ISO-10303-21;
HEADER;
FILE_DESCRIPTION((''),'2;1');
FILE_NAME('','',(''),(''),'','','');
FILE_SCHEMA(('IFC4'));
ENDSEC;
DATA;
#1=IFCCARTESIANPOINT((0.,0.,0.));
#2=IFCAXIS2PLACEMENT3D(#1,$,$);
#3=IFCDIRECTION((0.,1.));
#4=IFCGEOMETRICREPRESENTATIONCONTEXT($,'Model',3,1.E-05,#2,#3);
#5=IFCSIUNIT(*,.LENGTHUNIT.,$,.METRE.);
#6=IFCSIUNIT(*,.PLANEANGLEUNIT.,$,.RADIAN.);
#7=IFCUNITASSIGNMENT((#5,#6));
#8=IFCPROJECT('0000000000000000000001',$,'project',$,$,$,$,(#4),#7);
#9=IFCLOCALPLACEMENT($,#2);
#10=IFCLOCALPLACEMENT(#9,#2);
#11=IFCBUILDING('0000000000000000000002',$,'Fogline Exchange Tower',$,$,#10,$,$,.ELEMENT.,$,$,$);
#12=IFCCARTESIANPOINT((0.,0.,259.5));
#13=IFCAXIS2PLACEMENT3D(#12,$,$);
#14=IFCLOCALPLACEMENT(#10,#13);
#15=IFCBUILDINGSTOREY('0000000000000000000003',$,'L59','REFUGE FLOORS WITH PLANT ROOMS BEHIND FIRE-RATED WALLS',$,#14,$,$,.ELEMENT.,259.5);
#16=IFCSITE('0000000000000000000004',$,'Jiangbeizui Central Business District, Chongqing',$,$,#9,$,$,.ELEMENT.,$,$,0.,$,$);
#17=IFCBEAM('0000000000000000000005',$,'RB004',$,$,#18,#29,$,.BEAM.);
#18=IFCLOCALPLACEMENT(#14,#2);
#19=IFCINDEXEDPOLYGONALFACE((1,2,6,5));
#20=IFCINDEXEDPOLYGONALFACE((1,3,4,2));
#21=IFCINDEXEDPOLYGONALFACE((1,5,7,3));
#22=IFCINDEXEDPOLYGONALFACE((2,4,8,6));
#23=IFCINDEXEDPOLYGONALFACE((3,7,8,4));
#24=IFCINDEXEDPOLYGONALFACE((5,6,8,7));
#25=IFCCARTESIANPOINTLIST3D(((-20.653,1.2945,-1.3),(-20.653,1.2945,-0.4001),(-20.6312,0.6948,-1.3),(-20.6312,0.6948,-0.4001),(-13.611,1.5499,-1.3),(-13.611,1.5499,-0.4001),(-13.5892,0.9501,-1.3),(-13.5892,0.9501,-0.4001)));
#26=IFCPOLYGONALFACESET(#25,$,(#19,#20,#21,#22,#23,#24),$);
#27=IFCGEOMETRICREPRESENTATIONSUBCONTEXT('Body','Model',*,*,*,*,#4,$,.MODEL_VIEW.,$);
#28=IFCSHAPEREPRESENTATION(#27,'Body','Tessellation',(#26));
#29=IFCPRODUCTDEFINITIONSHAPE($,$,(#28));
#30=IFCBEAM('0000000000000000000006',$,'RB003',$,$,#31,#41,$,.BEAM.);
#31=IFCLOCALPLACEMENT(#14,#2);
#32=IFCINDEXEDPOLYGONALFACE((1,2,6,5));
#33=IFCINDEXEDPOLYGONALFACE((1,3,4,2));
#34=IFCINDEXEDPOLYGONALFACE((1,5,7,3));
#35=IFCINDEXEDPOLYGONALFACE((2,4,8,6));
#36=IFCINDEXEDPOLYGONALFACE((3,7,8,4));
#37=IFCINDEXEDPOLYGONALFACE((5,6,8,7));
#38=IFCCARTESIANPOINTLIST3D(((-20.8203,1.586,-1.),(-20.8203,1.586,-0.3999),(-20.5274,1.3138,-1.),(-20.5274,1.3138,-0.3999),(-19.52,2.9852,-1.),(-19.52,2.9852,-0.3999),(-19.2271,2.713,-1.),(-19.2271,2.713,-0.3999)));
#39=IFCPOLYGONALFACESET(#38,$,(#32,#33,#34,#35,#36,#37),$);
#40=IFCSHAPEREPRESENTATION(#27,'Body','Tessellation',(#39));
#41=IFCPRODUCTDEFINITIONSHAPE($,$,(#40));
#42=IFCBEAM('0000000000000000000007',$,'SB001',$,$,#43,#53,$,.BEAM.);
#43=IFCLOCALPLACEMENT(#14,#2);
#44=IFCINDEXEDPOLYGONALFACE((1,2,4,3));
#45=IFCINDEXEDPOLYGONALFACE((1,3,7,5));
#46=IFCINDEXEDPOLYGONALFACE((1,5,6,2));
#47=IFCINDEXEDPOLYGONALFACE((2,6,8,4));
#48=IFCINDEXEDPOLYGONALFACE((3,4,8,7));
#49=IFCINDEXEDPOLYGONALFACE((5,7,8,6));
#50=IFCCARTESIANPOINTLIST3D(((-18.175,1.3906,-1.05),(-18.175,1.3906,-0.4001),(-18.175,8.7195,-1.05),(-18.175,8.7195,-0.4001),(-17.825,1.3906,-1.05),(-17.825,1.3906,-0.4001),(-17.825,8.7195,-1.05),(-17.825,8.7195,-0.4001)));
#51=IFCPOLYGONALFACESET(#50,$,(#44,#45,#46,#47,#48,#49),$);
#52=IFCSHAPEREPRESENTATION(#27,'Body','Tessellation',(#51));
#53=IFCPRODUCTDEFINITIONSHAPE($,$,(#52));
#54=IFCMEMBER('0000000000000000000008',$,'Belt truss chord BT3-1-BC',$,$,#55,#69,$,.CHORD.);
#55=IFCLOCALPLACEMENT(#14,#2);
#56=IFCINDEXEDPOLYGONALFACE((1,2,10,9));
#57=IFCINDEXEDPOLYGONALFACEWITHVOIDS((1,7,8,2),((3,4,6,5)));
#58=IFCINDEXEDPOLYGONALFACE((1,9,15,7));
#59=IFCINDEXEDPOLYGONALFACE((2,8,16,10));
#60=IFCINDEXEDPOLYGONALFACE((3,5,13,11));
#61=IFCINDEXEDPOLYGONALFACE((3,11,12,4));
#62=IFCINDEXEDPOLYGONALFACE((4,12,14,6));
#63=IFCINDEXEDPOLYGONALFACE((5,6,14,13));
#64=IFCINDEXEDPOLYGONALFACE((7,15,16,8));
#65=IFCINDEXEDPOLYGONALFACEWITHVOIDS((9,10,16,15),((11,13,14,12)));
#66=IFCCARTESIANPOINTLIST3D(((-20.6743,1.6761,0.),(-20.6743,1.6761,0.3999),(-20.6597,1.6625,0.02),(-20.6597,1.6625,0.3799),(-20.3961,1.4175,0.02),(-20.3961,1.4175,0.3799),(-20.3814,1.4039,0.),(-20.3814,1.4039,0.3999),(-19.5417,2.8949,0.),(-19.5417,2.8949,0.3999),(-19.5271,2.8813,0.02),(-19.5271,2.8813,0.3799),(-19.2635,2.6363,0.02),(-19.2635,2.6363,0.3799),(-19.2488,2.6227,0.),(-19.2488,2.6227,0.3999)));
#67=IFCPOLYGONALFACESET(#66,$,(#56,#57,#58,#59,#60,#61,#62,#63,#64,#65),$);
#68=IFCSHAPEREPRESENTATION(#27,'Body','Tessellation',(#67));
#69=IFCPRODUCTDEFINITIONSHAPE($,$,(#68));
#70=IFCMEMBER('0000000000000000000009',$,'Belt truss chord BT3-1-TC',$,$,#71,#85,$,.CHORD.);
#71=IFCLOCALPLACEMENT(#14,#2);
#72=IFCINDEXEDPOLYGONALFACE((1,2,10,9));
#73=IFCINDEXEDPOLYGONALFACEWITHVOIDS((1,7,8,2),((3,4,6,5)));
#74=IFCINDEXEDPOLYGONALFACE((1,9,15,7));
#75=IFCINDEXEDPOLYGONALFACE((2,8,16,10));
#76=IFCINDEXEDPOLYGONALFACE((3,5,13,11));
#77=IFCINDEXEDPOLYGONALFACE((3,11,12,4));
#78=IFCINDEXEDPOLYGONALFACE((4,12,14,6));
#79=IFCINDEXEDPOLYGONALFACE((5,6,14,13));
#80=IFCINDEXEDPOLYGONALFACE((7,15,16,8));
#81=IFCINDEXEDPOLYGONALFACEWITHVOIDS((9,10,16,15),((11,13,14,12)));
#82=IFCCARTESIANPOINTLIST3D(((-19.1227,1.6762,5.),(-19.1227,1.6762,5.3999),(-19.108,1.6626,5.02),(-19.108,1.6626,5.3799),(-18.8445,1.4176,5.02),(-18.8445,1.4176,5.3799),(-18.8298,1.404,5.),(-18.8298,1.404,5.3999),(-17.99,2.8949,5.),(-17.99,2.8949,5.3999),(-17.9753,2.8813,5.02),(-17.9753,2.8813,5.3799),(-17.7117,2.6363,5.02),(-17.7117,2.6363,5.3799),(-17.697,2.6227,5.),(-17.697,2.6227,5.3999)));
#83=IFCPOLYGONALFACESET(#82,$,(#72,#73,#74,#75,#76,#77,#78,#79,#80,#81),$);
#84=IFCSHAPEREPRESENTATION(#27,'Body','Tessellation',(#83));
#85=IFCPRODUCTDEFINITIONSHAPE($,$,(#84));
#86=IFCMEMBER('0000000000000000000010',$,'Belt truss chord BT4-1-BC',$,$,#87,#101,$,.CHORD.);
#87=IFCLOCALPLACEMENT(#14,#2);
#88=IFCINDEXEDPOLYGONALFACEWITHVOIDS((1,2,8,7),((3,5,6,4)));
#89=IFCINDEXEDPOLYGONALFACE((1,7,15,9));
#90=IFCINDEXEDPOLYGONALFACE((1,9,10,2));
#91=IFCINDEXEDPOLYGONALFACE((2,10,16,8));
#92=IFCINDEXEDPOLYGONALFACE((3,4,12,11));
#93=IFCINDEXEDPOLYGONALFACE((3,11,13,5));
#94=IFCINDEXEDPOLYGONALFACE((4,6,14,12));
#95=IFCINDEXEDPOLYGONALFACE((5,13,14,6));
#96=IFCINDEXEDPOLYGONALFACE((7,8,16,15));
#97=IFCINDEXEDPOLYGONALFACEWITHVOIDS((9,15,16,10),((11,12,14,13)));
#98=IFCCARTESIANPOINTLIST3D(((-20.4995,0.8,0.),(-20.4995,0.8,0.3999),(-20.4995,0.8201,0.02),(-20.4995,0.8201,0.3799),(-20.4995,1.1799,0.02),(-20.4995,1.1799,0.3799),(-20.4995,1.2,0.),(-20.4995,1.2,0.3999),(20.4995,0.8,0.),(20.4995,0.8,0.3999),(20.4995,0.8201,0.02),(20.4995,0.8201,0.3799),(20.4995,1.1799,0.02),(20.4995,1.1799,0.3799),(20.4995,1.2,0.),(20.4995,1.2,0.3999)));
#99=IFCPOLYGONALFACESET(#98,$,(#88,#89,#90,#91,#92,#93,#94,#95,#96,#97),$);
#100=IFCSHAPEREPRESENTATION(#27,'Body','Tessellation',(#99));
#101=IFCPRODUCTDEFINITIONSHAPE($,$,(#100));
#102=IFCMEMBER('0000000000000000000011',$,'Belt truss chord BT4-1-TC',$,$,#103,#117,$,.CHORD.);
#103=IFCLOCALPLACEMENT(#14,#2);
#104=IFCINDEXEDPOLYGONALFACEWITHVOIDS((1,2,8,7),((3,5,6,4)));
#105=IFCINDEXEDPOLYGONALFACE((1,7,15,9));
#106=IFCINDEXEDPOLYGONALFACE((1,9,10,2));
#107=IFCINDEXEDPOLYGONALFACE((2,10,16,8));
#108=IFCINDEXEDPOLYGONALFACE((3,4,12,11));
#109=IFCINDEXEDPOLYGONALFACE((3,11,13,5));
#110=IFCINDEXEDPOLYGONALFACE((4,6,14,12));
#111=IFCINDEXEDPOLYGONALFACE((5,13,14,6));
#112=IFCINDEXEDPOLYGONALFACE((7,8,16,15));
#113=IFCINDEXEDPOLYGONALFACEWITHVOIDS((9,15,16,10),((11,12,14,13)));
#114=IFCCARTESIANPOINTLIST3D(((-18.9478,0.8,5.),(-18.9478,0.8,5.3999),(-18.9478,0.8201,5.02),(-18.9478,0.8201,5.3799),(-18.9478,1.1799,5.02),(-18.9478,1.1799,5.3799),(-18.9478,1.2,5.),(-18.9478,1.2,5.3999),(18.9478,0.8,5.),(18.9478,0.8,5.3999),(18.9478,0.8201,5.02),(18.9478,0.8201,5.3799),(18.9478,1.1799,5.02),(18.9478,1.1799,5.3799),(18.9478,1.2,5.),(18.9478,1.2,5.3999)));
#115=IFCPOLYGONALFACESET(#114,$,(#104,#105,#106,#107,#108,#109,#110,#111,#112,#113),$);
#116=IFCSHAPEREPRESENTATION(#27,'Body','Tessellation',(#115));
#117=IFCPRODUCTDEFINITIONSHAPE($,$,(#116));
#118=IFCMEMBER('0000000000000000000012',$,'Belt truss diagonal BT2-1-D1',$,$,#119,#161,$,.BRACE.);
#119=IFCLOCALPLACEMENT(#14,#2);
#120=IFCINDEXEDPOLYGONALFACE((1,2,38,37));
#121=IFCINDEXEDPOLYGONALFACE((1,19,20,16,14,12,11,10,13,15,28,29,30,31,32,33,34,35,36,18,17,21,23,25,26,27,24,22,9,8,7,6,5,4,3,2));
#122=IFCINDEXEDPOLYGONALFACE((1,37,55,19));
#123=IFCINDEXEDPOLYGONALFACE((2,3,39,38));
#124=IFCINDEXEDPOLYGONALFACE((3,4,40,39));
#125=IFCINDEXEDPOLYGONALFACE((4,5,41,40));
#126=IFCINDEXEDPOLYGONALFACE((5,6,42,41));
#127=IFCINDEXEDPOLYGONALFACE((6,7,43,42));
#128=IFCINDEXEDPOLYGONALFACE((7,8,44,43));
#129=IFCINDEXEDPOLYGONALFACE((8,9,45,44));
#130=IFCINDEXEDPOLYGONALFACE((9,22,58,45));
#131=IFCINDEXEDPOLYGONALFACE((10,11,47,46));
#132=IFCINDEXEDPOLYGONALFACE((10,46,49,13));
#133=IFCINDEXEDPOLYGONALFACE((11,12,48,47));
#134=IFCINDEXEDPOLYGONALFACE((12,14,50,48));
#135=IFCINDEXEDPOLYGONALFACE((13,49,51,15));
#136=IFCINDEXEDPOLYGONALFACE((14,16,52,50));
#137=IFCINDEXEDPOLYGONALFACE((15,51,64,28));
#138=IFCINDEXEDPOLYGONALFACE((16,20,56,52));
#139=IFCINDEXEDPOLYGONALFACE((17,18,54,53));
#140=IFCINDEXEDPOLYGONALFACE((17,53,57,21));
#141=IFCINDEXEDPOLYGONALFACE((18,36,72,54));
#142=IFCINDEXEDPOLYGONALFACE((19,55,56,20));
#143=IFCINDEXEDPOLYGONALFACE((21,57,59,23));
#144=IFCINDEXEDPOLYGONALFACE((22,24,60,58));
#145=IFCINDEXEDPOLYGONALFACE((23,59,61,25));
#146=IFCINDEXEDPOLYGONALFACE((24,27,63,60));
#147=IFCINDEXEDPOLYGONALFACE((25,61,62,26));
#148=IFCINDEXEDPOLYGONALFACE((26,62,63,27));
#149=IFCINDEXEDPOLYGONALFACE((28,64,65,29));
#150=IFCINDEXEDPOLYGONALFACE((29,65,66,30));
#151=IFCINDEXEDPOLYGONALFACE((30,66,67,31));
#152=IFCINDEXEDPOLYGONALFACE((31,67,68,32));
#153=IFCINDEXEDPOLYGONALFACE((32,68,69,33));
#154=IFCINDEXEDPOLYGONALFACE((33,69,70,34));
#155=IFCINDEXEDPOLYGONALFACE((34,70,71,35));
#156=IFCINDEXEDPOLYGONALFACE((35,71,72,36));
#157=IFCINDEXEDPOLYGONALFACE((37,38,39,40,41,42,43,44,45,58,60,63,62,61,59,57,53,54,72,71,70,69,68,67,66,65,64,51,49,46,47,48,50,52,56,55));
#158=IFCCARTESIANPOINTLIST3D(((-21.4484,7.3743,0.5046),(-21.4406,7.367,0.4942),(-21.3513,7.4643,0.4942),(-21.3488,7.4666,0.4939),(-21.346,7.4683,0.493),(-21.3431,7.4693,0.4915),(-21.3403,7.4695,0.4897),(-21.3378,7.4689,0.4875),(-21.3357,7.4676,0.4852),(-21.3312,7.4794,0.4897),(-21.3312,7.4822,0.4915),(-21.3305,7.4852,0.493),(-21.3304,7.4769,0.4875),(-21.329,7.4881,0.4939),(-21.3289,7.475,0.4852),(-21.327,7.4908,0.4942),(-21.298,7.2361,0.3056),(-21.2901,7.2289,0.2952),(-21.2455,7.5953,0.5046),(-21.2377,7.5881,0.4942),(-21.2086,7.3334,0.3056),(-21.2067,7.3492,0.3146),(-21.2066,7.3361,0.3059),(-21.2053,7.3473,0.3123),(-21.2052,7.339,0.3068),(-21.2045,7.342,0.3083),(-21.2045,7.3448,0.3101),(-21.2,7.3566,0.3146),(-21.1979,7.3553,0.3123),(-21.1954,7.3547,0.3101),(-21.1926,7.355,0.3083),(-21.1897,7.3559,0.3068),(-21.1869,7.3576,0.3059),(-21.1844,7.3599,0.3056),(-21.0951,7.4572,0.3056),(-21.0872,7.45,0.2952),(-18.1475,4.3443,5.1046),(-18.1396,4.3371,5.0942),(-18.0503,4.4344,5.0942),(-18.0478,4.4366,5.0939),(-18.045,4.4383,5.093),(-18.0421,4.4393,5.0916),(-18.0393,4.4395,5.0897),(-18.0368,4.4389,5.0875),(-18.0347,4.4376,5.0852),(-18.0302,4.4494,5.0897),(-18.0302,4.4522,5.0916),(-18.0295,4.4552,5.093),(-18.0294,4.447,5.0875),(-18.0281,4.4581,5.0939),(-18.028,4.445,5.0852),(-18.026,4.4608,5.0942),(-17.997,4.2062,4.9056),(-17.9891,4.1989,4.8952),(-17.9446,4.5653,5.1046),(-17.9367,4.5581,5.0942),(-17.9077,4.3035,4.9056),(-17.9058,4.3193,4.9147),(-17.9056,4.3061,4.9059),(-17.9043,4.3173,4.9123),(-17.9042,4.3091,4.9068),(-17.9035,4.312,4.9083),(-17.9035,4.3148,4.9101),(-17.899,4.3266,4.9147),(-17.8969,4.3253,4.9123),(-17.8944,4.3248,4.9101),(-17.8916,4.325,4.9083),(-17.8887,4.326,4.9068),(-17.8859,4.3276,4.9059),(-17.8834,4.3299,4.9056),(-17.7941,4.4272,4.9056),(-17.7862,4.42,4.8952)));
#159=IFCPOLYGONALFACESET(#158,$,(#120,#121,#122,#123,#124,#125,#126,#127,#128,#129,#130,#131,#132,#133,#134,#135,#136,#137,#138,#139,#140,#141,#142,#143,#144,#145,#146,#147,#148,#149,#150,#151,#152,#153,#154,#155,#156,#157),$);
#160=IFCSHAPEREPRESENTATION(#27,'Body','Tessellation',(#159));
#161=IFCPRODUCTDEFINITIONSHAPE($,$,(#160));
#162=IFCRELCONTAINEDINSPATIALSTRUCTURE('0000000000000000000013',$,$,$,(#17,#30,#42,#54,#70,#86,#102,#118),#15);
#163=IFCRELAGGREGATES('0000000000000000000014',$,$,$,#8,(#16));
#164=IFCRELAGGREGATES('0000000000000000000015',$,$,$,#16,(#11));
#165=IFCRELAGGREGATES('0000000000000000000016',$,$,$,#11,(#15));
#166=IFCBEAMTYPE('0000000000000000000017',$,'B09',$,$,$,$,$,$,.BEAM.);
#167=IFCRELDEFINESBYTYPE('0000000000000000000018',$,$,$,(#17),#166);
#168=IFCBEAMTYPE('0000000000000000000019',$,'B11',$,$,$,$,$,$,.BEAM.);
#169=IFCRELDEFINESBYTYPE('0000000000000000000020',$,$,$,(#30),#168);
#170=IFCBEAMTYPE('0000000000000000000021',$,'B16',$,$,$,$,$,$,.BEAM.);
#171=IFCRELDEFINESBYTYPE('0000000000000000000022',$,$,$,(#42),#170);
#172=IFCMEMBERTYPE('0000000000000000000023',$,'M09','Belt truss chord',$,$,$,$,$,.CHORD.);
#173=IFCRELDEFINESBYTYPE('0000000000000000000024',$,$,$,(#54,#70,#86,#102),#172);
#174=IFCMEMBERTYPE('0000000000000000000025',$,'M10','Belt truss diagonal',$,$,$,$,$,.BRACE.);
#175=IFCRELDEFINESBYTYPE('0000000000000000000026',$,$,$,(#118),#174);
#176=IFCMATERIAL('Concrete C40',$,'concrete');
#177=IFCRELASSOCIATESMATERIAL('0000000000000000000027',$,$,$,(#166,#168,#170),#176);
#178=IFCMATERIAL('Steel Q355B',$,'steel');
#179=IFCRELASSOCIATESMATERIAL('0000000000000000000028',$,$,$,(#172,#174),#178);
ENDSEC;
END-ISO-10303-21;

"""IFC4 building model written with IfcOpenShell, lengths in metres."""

from ifc_helpers import new_model, si_unit, direction, frame, origin, origin_2d, place, context, subcontext, project, spatial, rectangle, hollow_rectangle, i_section, extrude, material, material_profile, profile_set, type_object, element, save


model = new_model("IFC4")

# Units and contexts
model_context = context("Model", 3, precision=1e-05, world=origin(), true_north=direction((0.0, 1.0)))
body_context = subcontext(model_context, "Body", "Model", "MODEL_VIEW")
ifc_project = project(units=[si_unit("LENGTHUNIT", "METRE"), si_unit("PLANEANGLEUNIT", "RADIAN")], contexts=[model_context])

# Site, building, storey
site_placement = place(None, origin())
site = spatial("IfcSite", under=ifc_project, at=site_placement, Name="Jiangbeizui Central Business District, Chongqing", CompositionType="ELEMENT", RefElevation=0.0)
building_placement = place(site_placement, origin())
building = spatial("IfcBuilding", under=site, at=building_placement, Name="Fogline Exchange Tower", CompositionType="ELEMENT")
storey_placement = place(building_placement, frame((0.0, 0.0, 259.5)))
storey = spatial("IfcBuildingStorey", under=building, at=storey_placement, Name="L59", Description="REFUGE FLOORS WITH PLANT ROOMS BEHIND FIRE-RATED WALLS", CompositionType="ELEMENT", Elevation=259.5)

# Beams
ifc_material_1 = material(Name="Concrete C40", Category="concrete")
ifc_material_profile_1 = material_profile(ifc_material_1, rectangle(XDim=0.6001, YDim=0.8999, at=origin_2d()), Name="RC 600x900")
ifc_profile_set_1 = profile_set([ifc_material_profile_1], Name="Concrete C40")
beam_type_1 = type_object("IfcBeamType", Name="B09", PredefinedType="BEAM", material=ifc_profile_set_1)
beam_1_placement = place(storey_placement, frame((-20.6421, 0.9946, -0.8501), z_axis=(0.999343, 0.03624, 0.0), x_axis=(-0.03624, 0.999343, 0.0)))
element("IfcBeam", 1, at=beam_1_placement, inside=storey, type_object=beam_type_1, Name="RB004", PredefinedType="BEAM", context=body_context, shape_type="SweptSolid", body=[
    extrude(rectangle(XDim=0.6001, YDim=0.8999, at=origin_2d()), origin(), (0.0, 0.0, 1.0), 7.0466),
])
ifc_material_profile_2 = material_profile(ifc_material_1, rectangle(XDim=0.3999, YDim=0.6001, at=origin_2d()), Name="RC 400x600")
ifc_profile_set_2 = profile_set([ifc_material_profile_2], Name="Concrete C40")
beam_type_2 = type_object("IfcBeamType", Name="B11", PredefinedType="BEAM", material=ifc_profile_set_2)
beam_2_placement = place(storey_placement, frame((-19.3735, 2.8491, -0.7), z_axis=(-0.68075, -0.732516, 0.0), x_axis=(0.732516, -0.68075, 0.0)))
element("IfcBeam", 2, at=beam_2_placement, inside=storey, type_object=beam_type_2, Name="RB003", PredefinedType="BEAM", context=body_context, shape_type="SweptSolid", body=[
    extrude(rectangle(XDim=0.3999, YDim=0.6001, at=origin_2d()), origin(), (0.0, 0.0, 1.0), 1.9102),
])
ifc_material_profile_3 = material_profile(ifc_material_1, rectangle(XDim=0.3501, YDim=0.6499, at=origin_2d()), Name="RC 350x650")
ifc_profile_set_3 = profile_set([ifc_material_profile_3], Name="Concrete C40")
beam_type_3 = type_object("IfcBeamType", Name="B16", PredefinedType="BEAM", material=ifc_profile_set_3)
beam_3_placement = place(storey_placement, frame((-18.0, 1.3906, -0.7251), z_axis=(0.0, 1.0, 0.0), x_axis=(-1.0, 0.0, 0.0)))
element("IfcBeam", 3, at=beam_3_placement, inside=storey, type_object=beam_type_3, Name="SB001", PredefinedType="BEAM", context=body_context, shape_type="SweptSolid", body=[
    extrude(rectangle(XDim=0.3501, YDim=0.6499, at=origin_2d()), origin(), (0.0, 0.0, 1.0), 7.3289),
])

# Members
ifc_material_2 = material(Name="Steel Q355B", Category="steel")
ifc_material_profile_4 = material_profile(ifc_material_2, hollow_rectangle(XDim=0.3999, YDim=0.3999, WallThickness=0.02, at=origin_2d()), Name="BOX400X400X20")
ifc_profile_set_4 = profile_set([ifc_material_profile_4], Name="Steel Q355B")
member_type_1 = type_object("IfcMemberType", Name="M09", Description="Belt truss chord", PredefinedType="CHORD", material=ifc_profile_set_4)
for number, where, z_axis, x_axis, name in (
    (4, (-19.3953, 2.7588, 0.2), (-0.680732, -0.732532, 0.0), (0.732532, -0.680732, 0.0), "Belt truss chord BT3-1-BC"),
    (5, (-17.8435, 2.7588, 5.2), (-0.680811, -0.732459, 0.0), (0.732459, -0.680811, 0.0), "Belt truss chord BT3-1-TC"),
):
    element("IfcMember", number, at=place(storey_placement, frame(where, z_axis=z_axis, x_axis=x_axis)), inside=storey, type_object=member_type_1, Name=name, PredefinedType="CHORD", context=body_context, shape_type="SweptSolid", body=[
        extrude(hollow_rectangle(XDim=0.3999, YDim=0.3999, WallThickness=0.02, at=origin_2d()), origin(), (0.0, 0.0, 1.0), 1.6638),
    ])
member_1_placement = place(storey_placement, frame((-20.4995, 1.0, 0.2), z_axis=(1.0, 0.0, 0.0), x_axis=(0.0, 1.0, 0.0)))
element("IfcMember", 6, at=member_1_placement, inside=storey, type_object=member_type_1, Name="Belt truss chord BT4-1-BC", PredefinedType="CHORD", context=body_context, shape_type="SweptSolid", body=[
    extrude(hollow_rectangle(XDim=0.3999, YDim=0.3999, WallThickness=0.02, at=origin_2d()), origin(), (0.0, 0.0, 1.0), 40.999),
])
member_2_placement = place(storey_placement, frame((-18.9478, 1.0, 5.2), z_axis=(1.0, 0.0, 0.0), x_axis=(0.0, 1.0, 0.0)))
element("IfcMember", 7, at=member_2_placement, inside=storey, type_object=member_type_1, Name="Belt truss chord BT4-1-TC", PredefinedType="CHORD", context=body_context, shape_type="SweptSolid", body=[
    extrude(hollow_rectangle(XDim=0.3999, YDim=0.3999, WallThickness=0.02, at=origin_2d()), origin(), (0.0, 0.0, 1.0), 37.8955),
])
ifc_material_profile_5 = material_profile(ifc_material_2, i_section(OverallWidth=0.3, OverallDepth=0.3, WebThickness=0.01, FlangeThickness=0.0149, FilletRadius=0.0129, at=origin_2d()), Name="HW300X300X10X15")
ifc_profile_set_5 = profile_set([ifc_material_profile_5], Name="Steel Q355B")
member_type_2 = type_object("IfcMemberType", Name="M10", Description="Belt truss diagonal", PredefinedType="BRACE", material=ifc_profile_set_5)
member_3_placement = place(storey_placement, frame((-21.2678, 7.4121, 0.3999), z_axis=(0.514039, -0.471839, 0.716332), x_axis=(0.67622, 0.736699, 0.0)))
element("IfcMember", 8, at=member_3_placement, inside=storey, type_object=member_type_2, Name="Belt truss diagonal BT2-1-D1", PredefinedType="BRACE", context=body_context, shape_type="SweptSolid", body=[
    extrude(i_section(OverallWidth=0.3, OverallDepth=0.3, WebThickness=0.01, FlangeThickness=0.0149, FilletRadius=0.0129, at=origin_2d()), origin(), (0.0, 0.0, 1.0), 6.4216),
])

save(model, "model.ifc")
